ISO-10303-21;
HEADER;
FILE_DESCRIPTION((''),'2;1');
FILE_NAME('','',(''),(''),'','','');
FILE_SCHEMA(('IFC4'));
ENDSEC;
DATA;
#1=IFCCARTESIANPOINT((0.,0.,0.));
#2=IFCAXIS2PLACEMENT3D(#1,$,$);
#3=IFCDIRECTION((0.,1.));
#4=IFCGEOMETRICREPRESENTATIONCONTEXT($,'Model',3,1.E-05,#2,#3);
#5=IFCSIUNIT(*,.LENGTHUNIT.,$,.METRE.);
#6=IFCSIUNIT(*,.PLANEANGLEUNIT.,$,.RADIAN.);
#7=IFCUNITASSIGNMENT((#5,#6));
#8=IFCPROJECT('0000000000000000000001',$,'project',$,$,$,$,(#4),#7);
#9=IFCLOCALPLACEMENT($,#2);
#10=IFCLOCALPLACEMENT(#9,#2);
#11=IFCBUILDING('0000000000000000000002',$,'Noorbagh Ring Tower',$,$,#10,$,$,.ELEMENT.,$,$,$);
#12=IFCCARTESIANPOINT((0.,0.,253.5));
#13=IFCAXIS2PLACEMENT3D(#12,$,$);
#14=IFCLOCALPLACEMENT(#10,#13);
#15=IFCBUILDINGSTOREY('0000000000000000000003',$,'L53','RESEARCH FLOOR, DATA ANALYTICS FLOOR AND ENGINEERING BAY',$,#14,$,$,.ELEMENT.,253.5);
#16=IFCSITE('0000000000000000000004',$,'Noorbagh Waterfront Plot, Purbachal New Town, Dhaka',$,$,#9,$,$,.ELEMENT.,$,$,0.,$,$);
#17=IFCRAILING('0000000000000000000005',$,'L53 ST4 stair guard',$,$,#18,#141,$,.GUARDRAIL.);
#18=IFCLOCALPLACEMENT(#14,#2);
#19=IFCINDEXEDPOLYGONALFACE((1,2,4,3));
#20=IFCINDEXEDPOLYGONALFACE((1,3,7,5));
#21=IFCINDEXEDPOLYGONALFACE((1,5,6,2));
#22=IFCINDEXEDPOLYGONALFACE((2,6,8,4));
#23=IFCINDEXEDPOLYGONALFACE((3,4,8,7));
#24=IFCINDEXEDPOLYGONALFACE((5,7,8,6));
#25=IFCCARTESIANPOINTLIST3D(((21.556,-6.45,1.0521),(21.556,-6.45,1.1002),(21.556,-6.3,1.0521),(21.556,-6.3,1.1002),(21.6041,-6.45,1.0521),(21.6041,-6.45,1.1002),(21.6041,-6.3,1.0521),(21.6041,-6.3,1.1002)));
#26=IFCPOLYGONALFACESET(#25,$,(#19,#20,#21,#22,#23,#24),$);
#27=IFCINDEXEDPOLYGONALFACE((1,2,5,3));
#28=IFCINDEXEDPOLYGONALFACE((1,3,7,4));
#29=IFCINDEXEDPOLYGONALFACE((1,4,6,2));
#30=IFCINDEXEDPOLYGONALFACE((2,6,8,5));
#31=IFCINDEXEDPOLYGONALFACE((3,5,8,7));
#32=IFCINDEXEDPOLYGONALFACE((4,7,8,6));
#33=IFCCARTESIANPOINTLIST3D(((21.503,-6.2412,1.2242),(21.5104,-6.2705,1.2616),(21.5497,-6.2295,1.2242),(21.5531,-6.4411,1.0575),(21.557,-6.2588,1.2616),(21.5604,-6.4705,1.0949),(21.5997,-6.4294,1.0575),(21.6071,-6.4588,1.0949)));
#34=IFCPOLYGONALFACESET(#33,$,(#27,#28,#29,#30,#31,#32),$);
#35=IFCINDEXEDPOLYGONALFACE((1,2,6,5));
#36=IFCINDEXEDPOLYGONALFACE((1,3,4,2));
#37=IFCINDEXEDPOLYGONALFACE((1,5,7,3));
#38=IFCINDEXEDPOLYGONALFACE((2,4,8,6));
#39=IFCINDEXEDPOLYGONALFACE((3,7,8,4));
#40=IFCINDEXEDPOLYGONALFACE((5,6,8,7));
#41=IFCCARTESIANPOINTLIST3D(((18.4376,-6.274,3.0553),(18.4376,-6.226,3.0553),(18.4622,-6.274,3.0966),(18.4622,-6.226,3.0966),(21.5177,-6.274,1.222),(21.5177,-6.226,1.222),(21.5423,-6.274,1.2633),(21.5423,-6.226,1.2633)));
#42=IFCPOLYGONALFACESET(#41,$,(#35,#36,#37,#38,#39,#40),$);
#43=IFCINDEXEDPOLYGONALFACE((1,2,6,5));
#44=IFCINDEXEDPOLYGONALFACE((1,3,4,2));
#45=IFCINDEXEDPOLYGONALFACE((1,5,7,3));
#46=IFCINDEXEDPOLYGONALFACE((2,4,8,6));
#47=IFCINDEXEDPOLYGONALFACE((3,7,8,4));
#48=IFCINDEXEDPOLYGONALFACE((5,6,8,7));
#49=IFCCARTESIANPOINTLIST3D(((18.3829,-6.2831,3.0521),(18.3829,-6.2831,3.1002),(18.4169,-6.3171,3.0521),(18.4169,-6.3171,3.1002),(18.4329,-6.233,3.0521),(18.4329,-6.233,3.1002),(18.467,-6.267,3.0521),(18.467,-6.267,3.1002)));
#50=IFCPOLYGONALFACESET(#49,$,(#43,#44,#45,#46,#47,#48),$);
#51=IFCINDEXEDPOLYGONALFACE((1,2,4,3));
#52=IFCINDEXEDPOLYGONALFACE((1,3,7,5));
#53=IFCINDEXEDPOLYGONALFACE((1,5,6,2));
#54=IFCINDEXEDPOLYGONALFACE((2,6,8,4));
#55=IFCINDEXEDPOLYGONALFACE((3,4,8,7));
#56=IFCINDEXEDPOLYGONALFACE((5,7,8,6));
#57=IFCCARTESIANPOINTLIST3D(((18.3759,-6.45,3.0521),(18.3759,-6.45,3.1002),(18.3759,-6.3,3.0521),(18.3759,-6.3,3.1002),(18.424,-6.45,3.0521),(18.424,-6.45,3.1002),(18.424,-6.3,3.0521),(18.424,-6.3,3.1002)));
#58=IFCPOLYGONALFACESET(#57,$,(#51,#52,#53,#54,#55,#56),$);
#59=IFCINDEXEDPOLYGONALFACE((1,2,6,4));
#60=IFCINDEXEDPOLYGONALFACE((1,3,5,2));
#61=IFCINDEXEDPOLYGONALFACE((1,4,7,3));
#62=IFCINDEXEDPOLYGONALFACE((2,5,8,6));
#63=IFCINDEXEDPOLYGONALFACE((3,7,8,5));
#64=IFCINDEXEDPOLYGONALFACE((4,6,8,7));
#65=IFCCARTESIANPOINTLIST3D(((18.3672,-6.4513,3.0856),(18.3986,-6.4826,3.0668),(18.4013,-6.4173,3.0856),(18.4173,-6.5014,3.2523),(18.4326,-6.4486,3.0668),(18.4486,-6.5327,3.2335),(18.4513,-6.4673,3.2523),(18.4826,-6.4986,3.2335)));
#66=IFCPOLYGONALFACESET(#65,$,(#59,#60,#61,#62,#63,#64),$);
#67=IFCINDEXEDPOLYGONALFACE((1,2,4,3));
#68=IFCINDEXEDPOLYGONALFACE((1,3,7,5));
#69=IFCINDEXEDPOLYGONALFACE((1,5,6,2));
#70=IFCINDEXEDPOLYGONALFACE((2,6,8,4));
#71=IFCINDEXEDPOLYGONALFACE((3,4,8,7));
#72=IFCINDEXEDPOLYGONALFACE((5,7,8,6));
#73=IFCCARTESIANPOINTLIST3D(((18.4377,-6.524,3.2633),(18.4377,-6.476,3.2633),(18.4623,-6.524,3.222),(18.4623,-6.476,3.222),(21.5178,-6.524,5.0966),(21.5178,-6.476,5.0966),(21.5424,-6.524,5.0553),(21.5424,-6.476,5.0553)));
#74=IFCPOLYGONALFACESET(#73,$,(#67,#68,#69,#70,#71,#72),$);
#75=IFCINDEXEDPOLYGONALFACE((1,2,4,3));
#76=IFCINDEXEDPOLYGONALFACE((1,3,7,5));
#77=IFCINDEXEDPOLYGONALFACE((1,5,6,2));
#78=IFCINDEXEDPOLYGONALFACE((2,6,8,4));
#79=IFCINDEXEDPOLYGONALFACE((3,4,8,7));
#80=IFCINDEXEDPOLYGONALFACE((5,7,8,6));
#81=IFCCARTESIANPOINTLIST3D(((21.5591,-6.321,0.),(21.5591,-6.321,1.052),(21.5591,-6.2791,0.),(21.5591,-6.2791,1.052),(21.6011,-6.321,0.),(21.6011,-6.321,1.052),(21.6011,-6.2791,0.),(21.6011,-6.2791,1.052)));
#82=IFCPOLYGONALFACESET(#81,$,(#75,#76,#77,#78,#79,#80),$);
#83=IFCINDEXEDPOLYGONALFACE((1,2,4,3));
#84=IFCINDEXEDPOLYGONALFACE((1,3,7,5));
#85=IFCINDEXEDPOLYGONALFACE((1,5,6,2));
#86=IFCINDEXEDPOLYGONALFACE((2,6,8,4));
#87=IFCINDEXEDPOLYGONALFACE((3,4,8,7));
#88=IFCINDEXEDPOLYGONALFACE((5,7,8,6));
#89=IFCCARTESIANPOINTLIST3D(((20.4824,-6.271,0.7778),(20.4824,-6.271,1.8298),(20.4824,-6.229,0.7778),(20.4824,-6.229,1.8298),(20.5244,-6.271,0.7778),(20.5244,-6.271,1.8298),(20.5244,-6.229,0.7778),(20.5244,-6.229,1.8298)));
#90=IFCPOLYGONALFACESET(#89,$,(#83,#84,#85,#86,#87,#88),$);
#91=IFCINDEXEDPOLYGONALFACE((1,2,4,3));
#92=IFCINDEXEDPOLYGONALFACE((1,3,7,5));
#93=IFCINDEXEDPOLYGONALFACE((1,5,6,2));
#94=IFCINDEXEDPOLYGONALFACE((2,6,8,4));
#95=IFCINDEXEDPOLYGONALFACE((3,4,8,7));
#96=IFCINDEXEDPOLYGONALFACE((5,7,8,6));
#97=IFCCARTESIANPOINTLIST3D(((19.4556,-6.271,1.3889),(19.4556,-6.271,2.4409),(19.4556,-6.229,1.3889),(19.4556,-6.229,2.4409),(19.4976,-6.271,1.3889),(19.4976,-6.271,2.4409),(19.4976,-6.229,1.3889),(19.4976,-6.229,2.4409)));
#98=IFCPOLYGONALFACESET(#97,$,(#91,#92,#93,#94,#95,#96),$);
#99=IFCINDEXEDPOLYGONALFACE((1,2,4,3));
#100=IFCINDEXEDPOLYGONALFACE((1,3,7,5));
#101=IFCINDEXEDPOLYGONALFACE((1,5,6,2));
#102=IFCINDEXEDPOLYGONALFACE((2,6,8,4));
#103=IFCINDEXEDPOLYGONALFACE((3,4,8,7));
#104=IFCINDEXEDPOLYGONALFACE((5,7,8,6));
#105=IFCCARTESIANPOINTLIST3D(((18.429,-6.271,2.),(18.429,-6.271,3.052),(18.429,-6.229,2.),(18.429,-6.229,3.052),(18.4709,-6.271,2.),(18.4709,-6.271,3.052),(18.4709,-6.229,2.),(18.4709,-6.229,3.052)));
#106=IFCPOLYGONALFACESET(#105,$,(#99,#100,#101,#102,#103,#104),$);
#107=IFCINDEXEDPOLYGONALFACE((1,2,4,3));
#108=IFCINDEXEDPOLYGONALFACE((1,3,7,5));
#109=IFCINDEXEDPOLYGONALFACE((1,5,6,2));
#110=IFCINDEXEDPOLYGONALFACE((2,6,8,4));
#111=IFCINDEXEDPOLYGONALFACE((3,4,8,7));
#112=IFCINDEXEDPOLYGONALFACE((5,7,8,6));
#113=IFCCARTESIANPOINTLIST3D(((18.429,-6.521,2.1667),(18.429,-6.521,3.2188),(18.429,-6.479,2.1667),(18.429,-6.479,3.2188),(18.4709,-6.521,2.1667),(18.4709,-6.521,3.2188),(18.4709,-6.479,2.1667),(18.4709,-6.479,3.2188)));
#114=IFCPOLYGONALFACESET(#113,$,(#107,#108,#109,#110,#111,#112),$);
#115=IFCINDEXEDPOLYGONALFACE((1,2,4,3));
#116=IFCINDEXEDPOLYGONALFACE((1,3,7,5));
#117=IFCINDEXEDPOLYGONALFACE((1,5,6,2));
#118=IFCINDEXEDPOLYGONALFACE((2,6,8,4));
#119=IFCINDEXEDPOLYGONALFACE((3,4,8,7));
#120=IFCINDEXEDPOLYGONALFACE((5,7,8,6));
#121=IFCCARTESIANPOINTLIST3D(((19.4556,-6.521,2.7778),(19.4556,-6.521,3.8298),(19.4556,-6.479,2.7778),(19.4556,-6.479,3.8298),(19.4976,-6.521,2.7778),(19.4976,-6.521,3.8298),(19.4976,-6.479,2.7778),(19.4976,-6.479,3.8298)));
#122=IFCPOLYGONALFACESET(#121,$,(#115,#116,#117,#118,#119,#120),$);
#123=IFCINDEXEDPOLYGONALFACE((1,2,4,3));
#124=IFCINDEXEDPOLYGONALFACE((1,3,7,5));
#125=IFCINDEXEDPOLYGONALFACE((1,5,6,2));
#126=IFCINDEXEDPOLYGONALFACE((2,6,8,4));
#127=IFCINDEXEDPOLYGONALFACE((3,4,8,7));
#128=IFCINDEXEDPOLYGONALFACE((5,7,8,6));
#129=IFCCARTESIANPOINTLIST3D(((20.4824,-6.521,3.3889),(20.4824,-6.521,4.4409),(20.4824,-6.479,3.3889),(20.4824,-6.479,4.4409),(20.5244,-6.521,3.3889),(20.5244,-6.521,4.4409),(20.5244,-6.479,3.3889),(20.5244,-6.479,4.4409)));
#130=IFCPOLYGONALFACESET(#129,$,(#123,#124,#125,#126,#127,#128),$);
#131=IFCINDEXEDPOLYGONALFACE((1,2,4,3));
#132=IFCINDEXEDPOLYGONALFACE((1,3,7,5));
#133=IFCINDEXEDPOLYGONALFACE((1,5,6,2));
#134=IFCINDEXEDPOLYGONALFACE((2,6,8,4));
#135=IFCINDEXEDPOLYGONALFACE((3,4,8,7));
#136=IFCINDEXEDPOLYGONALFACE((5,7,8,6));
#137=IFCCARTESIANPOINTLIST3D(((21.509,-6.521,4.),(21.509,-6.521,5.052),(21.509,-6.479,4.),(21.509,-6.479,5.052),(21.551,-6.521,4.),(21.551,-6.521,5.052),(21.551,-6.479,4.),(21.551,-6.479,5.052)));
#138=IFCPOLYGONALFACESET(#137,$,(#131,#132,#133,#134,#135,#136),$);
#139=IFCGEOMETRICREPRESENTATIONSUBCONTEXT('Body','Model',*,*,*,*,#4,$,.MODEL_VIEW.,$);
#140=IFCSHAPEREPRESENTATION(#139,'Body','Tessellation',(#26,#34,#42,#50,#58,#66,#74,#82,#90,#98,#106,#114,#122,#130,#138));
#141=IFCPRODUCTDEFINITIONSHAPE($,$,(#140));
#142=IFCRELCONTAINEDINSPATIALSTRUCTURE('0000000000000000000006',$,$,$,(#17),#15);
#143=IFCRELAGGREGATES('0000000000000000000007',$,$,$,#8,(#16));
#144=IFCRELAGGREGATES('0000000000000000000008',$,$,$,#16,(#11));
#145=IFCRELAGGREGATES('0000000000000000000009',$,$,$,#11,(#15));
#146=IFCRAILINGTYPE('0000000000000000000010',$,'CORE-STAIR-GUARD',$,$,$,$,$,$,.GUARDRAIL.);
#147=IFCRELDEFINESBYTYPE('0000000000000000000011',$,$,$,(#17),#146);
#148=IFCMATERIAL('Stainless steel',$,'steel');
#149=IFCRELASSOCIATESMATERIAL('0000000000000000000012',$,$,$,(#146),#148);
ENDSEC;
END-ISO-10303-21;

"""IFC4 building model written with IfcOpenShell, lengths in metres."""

from ifc_helpers import new_model, si_unit, direction, frame, origin, origin_2d, place, context, subcontext, project, spatial, rectangle, extrude, material, type_object, element, save


model = new_model("IFC4")

# Units and contexts
model_context = context("Model", 3, precision=1e-05, world=origin(), true_north=direction((0.0, 1.0)))
body_context = subcontext(model_context, "Body", "Model", "MODEL_VIEW")
ifc_project = project(units=[si_unit("LENGTHUNIT", "METRE"), si_unit("PLANEANGLEUNIT", "RADIAN")], contexts=[model_context])

# Site, building, storey
site_placement = place(None, origin())
site = spatial("IfcSite", under=ifc_project, at=site_placement, Name="Noorbagh Waterfront Plot, Purbachal New Town, Dhaka", CompositionType="ELEMENT", RefElevation=0.0)
building_placement = place(site_placement, origin())
building = spatial("IfcBuilding", under=site, at=building_placement, Name="Noorbagh Ring Tower", CompositionType="ELEMENT")
storey_placement = place(building_placement, frame((0.0, 0.0, 253.5)))
storey = spatial("IfcBuildingStorey", under=building, at=storey_placement, Name="L53", Description="RESEARCH FLOOR, DATA ANALYTICS FLOOR AND ENGINEERING BAY", CompositionType="ELEMENT", Elevation=253.5)

# Railing
ifc_material_1 = material(Name="Stainless steel", Category="steel")
railing_type_1 = type_object("IfcRailingType", Name="CORE-STAIR-GUARD", PredefinedType="GUARDRAIL", material=ifc_material_1)
railing_1_placement = place(storey_placement, frame((21.5801, -6.3, 0.0)))
element("IfcRailing", 1, at=railing_1_placement, inside=storey, type_object=railing_type_1, Name="L53 ST4 stair guard", PredefinedType="GUARDRAIL", context=body_context, shape_type="SweptSolid", body=[
    extrude(rectangle(XDim=0.0481, YDim=0.0481, at=origin_2d()), frame((0.0, 0.0, 1.0762), z_axis=(0.0, -1.0, 0.0), x_axis=(1.0, 0.0, 0.0)), (0.0, 0.0, 1.0), 0.1499),
    extrude(rectangle(XDim=0.0481, YDim=0.0481, at=origin_2d()), frame((0.0, -0.1499, 1.0762), z_axis=(-0.188776, 0.754182, 0.628946), x_axis=(-0.970073, -0.242814, 0.0)), (0.0, 0.0, 1.0), 0.2651),
    extrude(rectangle(XDim=0.0481, YDim=0.0481, at=origin_2d()), frame((-0.05, 0.05, 1.2427), z_axis=(-0.859309, 0.0, 0.511458), x_axis=(0.0, -1.0, 0.0)), (0.0, 0.0, 1.0), 3.5845),
    extrude(rectangle(XDim=0.0481, YDim=0.0481, at=origin_2d()), frame((-3.1301, 0.05, 3.0762), z_axis=(-0.707107, -0.707107, 0.0), x_axis=(0.707107, -0.707107, 0.0)), (0.0, 0.0, 1.0), 0.0708),
    extrude(rectangle(XDim=0.0481, YDim=0.0481, at=origin_2d()), frame((-3.1802, 0.0, 3.0762), z_axis=(0.0, -1.0, 0.0), x_axis=(1.0, 0.0, 0.0)), (0.0, 0.0, 1.0), 0.1499),
    extrude(rectangle(XDim=0.0481, YDim=0.0481, at=origin_2d()), frame((-3.1802, -0.1499, 3.0762), z_axis=(0.276287, -0.276287, 0.920506), x_axis=(0.707107, 0.707107, 0.0)), (0.0, 0.0, 1.0), 0.1812),
    extrude(rectangle(XDim=0.0481, YDim=0.0481, at=origin_2d()), frame((-3.1301, -0.2, 3.2427), z_axis=(0.859309, 0.0, 0.511458), x_axis=(0.0, 1.0, 0.0)), (0.0, 0.0, 1.0), 3.5845),
    extrude(rectangle(XDim=0.042, YDim=0.042, at=origin_2d()), origin(), (0.0, 0.0, 1.0), 1.052),
    extrude(rectangle(XDim=0.042, YDim=0.042, at=origin_2d()), frame((-1.0767, 0.05, 0.7778)), (0.0, 0.0, 1.0), 1.052),
    extrude(rectangle(XDim=0.042, YDim=0.042, at=origin_2d()), frame((-2.1035, 0.05, 1.3889)), (0.0, 0.0, 1.0), 1.052),
    extrude(rectangle(XDim=0.042, YDim=0.042, at=origin_2d()), frame((-3.1301, 0.05, 2.0)), (0.0, 0.0, 1.0), 1.052),
    extrude(rectangle(XDim=0.042, YDim=0.042, at=origin_2d()), frame((-3.1301, -0.2, 2.1667)), (0.0, 0.0, 1.0), 1.052),
    extrude(rectangle(XDim=0.042, YDim=0.042, at=origin_2d()), frame((-2.1035, -0.2, 2.7778)), (0.0, 0.0, 1.0), 1.052),
    extrude(rectangle(XDim=0.042, YDim=0.042, at=origin_2d()), frame((-1.0767, -0.2, 3.3889)), (0.0, 0.0, 1.0), 1.052),
    extrude(rectangle(XDim=0.042, YDim=0.042, at=origin_2d()), frame((-0.05, -0.2, 4.0)), (0.0, 0.0, 1.0), 1.052),
])

save(model, "model.ifc")
